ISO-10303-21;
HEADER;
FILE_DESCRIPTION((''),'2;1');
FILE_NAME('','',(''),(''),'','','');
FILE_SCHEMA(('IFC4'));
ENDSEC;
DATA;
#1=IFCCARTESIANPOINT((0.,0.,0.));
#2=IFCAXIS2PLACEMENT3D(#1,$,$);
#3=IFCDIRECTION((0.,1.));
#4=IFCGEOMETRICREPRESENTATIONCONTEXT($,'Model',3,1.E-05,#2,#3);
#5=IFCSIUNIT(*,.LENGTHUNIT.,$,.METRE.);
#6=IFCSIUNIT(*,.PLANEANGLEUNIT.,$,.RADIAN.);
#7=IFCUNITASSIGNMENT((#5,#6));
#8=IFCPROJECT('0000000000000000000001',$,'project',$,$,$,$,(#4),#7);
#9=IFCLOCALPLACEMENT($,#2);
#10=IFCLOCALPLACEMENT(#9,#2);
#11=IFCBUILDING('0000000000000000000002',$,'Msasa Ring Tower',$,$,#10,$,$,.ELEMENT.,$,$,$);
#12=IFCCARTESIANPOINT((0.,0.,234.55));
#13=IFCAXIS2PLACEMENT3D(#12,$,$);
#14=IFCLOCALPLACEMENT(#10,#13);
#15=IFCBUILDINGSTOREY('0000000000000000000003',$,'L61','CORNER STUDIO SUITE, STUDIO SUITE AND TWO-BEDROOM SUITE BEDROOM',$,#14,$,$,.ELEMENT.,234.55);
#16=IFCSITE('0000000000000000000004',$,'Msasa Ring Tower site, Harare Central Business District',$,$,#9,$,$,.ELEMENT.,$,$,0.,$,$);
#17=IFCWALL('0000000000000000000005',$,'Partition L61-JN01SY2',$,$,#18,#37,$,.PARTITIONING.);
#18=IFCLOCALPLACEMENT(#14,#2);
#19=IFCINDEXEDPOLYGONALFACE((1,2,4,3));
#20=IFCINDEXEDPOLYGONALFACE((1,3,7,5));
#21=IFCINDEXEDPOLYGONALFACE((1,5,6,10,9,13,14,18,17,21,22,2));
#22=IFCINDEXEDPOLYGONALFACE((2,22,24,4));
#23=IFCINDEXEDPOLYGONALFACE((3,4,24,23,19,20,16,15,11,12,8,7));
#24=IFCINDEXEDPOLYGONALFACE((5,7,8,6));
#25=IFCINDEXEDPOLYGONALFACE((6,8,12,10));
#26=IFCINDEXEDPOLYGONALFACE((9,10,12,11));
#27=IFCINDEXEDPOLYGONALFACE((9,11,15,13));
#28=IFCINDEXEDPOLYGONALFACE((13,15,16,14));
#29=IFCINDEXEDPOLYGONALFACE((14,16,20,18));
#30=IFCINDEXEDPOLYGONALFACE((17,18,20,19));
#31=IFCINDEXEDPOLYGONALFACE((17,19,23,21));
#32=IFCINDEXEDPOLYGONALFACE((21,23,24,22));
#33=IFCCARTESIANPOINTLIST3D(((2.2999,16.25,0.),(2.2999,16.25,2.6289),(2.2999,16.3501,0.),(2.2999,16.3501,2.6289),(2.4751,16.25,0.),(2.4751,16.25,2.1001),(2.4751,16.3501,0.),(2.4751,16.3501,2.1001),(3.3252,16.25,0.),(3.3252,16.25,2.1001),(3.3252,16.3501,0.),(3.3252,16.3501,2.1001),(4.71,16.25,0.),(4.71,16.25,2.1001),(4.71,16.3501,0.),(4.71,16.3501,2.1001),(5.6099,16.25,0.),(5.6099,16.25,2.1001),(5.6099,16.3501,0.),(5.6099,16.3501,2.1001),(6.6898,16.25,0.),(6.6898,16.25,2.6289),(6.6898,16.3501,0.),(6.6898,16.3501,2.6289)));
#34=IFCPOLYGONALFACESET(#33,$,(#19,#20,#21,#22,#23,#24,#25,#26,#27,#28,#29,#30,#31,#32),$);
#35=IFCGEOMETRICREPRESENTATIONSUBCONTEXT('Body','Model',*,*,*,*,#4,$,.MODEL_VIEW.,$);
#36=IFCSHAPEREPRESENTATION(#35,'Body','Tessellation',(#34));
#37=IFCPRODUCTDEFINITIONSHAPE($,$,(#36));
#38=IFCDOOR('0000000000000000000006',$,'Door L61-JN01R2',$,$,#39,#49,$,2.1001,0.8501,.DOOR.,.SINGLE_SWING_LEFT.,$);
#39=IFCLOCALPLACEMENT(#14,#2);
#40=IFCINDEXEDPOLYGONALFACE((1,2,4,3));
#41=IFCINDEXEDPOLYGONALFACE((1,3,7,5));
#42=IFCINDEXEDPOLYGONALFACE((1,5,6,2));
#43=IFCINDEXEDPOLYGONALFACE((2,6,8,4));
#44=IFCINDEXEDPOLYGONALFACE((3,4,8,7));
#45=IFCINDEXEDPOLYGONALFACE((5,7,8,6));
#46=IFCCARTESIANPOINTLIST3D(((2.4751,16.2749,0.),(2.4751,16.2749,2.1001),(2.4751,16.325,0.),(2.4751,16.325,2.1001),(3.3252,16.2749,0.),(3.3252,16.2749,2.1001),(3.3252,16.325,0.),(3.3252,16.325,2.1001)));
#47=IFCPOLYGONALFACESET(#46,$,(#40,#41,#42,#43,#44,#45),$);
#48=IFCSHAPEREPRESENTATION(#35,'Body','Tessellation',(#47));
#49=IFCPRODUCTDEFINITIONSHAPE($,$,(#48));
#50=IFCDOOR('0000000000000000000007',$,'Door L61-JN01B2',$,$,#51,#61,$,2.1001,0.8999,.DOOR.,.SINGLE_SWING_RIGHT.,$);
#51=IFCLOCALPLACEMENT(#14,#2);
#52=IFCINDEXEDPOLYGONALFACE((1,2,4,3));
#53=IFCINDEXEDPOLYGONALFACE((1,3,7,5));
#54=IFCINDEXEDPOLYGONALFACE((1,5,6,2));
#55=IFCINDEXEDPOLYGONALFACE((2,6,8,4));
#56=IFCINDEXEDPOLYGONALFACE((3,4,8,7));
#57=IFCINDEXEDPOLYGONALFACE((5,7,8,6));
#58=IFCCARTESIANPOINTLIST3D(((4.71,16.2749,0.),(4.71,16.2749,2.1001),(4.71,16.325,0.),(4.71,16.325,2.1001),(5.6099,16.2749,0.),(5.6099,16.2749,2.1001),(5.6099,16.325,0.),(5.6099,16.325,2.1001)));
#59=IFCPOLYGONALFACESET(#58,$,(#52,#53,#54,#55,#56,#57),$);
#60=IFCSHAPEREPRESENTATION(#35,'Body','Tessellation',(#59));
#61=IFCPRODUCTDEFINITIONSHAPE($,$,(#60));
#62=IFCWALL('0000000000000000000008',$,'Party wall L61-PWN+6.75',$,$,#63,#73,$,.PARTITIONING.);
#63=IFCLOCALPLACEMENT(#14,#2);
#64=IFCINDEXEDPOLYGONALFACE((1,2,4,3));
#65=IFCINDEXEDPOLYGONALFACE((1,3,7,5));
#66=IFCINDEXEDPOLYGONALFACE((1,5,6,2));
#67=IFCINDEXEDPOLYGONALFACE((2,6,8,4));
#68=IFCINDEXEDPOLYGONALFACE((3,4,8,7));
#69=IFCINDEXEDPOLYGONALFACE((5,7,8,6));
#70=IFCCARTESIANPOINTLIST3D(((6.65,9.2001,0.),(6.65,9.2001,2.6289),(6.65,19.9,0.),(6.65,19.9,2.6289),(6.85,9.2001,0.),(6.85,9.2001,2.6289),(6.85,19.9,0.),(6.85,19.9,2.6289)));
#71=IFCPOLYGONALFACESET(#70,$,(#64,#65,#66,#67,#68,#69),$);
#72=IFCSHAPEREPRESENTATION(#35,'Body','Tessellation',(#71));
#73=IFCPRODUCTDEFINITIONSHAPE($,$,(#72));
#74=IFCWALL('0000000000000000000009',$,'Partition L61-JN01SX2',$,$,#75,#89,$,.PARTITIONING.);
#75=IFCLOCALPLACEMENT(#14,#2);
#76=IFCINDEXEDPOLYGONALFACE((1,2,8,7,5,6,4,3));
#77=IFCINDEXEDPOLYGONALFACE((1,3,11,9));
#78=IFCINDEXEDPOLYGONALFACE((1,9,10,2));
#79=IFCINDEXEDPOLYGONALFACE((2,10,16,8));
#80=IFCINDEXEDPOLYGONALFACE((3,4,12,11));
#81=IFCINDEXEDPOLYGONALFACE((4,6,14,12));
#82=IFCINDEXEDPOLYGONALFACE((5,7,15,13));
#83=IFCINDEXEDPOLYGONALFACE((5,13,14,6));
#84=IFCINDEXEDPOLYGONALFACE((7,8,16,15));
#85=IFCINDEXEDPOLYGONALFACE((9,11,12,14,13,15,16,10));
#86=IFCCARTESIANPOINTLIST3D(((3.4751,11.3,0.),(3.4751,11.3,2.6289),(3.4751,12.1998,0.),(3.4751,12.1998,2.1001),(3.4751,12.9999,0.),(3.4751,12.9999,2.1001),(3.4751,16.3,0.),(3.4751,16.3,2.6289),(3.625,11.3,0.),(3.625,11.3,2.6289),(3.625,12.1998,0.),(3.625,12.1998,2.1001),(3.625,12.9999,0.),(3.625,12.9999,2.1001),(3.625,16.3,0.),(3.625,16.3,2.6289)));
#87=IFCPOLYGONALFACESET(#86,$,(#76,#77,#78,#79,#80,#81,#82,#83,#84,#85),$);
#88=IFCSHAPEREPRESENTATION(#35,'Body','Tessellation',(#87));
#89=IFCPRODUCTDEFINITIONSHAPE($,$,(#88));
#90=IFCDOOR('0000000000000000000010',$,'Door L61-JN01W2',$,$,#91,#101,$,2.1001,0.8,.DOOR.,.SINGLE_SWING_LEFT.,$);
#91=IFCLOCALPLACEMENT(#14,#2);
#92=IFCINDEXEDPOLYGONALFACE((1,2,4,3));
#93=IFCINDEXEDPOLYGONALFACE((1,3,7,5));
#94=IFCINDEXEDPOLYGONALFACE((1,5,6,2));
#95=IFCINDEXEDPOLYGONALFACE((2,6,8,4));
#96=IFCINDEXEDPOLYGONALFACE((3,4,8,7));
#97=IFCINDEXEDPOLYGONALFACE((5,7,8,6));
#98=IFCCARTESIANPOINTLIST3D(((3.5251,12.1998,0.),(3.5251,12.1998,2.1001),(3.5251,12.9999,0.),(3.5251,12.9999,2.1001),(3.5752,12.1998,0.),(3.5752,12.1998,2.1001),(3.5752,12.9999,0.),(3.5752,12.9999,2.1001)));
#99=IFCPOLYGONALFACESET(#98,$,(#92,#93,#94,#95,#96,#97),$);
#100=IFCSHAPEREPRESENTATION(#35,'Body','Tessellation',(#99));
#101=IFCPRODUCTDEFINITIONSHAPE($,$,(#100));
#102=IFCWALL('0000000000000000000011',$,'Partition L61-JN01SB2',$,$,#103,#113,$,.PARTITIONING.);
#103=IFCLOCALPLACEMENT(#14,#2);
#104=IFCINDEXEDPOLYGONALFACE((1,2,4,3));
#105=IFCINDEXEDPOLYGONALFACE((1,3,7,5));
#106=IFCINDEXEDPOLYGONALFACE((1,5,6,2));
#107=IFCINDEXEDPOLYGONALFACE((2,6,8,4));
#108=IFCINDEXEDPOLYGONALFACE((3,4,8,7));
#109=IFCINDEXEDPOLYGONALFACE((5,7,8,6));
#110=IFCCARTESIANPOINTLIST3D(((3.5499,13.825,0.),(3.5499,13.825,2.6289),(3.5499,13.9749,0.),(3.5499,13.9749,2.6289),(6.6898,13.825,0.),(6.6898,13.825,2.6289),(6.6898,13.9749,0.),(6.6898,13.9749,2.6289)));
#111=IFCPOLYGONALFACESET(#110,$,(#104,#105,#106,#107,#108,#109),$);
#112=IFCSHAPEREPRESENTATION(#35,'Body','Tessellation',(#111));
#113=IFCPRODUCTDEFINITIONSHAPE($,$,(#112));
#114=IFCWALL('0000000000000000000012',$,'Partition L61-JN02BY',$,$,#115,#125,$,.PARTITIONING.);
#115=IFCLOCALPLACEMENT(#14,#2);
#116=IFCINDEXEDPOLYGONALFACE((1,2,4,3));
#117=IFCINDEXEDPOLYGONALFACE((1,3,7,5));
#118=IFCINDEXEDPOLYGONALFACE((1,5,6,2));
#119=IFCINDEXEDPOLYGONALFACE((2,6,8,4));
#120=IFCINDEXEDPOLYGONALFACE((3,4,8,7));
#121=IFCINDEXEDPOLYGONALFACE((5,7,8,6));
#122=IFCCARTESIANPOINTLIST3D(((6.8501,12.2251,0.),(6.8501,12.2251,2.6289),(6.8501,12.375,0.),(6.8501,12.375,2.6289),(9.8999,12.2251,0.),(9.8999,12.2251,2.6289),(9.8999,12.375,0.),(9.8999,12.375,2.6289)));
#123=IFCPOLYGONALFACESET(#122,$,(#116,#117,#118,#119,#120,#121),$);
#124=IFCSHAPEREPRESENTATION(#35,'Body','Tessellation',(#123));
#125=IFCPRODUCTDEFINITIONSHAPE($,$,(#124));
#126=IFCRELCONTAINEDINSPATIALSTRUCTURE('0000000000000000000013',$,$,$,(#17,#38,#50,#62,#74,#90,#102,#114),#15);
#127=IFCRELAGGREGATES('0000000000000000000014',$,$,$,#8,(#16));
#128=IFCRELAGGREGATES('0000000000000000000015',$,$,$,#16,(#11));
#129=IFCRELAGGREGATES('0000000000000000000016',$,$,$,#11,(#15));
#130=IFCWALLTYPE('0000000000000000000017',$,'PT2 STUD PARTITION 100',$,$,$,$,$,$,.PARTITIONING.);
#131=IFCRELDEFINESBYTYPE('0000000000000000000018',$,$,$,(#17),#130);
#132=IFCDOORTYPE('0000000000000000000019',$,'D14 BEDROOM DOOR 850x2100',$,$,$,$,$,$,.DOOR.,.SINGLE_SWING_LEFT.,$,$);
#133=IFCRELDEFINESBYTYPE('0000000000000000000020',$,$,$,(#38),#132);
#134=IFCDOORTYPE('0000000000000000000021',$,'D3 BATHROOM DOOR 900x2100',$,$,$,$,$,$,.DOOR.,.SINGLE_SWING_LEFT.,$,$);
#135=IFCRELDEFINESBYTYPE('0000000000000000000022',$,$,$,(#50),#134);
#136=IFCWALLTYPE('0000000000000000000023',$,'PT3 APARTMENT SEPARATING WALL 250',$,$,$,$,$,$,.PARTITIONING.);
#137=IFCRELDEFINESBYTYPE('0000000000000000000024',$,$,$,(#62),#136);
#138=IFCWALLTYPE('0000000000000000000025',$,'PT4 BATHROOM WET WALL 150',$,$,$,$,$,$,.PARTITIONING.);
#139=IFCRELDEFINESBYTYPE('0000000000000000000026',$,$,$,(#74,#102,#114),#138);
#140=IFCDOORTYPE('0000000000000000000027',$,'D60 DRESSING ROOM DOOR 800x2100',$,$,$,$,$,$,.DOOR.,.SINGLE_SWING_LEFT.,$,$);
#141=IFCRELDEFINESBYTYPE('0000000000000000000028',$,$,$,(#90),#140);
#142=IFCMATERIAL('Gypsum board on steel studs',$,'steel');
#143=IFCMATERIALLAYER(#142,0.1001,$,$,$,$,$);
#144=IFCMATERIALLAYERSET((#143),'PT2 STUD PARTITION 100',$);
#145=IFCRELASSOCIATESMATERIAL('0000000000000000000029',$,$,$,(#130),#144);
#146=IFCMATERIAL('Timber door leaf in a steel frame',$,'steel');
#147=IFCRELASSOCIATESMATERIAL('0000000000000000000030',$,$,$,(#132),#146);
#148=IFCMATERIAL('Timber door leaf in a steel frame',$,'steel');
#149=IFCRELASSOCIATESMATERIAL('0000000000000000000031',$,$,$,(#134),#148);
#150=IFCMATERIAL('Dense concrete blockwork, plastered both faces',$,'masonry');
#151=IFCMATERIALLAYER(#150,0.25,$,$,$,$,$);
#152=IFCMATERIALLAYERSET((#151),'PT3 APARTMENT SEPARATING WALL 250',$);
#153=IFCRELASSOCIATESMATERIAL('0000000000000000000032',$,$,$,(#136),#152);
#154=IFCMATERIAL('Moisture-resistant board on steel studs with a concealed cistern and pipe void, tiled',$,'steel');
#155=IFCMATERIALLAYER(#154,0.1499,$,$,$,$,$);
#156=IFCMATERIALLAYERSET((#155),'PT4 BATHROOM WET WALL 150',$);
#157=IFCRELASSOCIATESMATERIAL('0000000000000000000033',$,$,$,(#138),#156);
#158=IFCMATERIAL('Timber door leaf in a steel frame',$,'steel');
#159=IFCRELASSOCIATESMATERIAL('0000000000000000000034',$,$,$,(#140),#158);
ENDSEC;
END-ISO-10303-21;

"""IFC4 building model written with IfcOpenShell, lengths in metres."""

from ifc_helpers import new_model, si_unit, direction, frame, frame_2d, origin, place, context, subcontext, project, spatial, rectangle, extrude, material, layer, layer_set, type_object, element, fill, save


model = new_model("IFC4")

# Units and contexts
model_context = context("Model", 3, precision=1e-05, world=origin(), true_north=direction((0.0, 1.0)))
body_context = subcontext(model_context, "Body", "Model", "MODEL_VIEW")
ifc_project = project(units=[si_unit("LENGTHUNIT", "METRE"), si_unit("PLANEANGLEUNIT", "RADIAN")], contexts=[model_context])

# Site, building, storey
site_placement = place(None, origin())
site = spatial("IfcSite", under=ifc_project, at=site_placement, Name="Msasa Ring Tower site, Harare Central Business District", CompositionType="ELEMENT", RefElevation=0.0)
building_placement = place(site_placement, origin())
building = spatial("IfcBuilding", under=site, at=building_placement, Name="Msasa Ring Tower", CompositionType="ELEMENT")
storey_placement = place(building_placement, frame((0.0, 0.0, 234.55)))
storey = spatial("IfcBuildingStorey", under=building, at=storey_placement, Name="L61", Description="CORNER STUDIO SUITE, STUDIO SUITE AND TWO-BEDROOM SUITE BEDROOM", CompositionType="ELEMENT", Elevation=234.55)

# Shared definitions
ifc_material_1 = material(Name="Gypsum board on steel studs", Category="steel")
ifc_layer_1 = layer(ifc_material_1, 0.1001)
ifc_layer_set_1 = layer_set([ifc_layer_1], Name="PT2 STUD PARTITION 100")
wall_type_1 = type_object("IfcWallType", Name="PT2 STUD PARTITION 100", PredefinedType="PARTITIONING", material=ifc_layer_set_1)

# Wall, openings, doors
wall_1_placement = place(storey_placement, frame((2.3, 16.3, 0.0), z_axis=(0.0, 0.0, 1.0), x_axis=(1.0, 0.0, 0.0)))
wall_1 = element("IfcWall", 1, at=wall_1_placement, inside=storey, type_object=wall_type_1, Name="Partition L61-JN01SY2", PredefinedType="PARTITIONING", context=body_context, shape_type="SweptSolid", body=[
    extrude(rectangle(XDim=4.3899, YDim=0.1001, at=frame_2d((2.1948, 0.0))), origin(), (0.0, 0.0, 1.0), 2.6289),
])
opening_1_placement = place(wall_1_placement, frame((0.175, 0.0, 0.0)))
opening_1 = element("IfcOpeningElement", 2, at=opening_1_placement, cuts=wall_1, PredefinedType="OPENING", context=body_context, shape_type="SweptSolid", body=[
    extrude(rectangle(XDim=0.8501, YDim=2.1001, at=frame_2d((0.425, 1.05))), frame((0.0, 0.0601, 0.0), z_axis=(0.0, -1.0, 0.0), x_axis=(1.0, 0.0, 0.0)), (0.0, 0.0, 1.0), 0.1201),
])
opening_2_placement = place(wall_1_placement, frame((2.4099, 0.0, 0.0)))
opening_2 = element("IfcOpeningElement", 3, at=opening_2_placement, cuts=wall_1, PredefinedType="OPENING", context=body_context, shape_type="SweptSolid", body=[
    extrude(rectangle(XDim=0.8999, YDim=2.1001, at=frame_2d((0.45, 1.05))), frame((0.0, 0.0601, 0.0), z_axis=(0.0, -1.0, 0.0), x_axis=(1.0, 0.0, 0.0)), (0.0, 0.0, 1.0), 0.1201),
])
ifc_material_2 = material(Name="Timber door leaf in a steel frame", Category="steel")
door_type_1 = type_object("IfcDoorType", Name="D14 BEDROOM DOOR 850x2100", OperationType="SINGLE_SWING_LEFT", PredefinedType="DOOR", material=ifc_material_2)
door_1_placement = place(opening_1_placement, origin())
door_1 = element("IfcDoor", 4, at=door_1_placement, inside=storey, type_object=door_type_1, Name="Door L61-JN01R2", OperationType="SINGLE_SWING_LEFT", OverallHeight=2.1001, OverallWidth=0.8501, PredefinedType="DOOR", context=body_context, shape_type="SweptSolid", body=[
    extrude(rectangle(XDim=0.8501, YDim=2.1001, at=frame_2d((0.425, 1.05))), frame((0.0, 0.0249, 0.0), z_axis=(0.0, -1.0, 0.0), x_axis=(1.0, 0.0, 0.0)), (0.0, 0.0, 1.0), 0.05),
])
fill(opening_1, door_1)
ifc_material_3 = material(Name="Timber door leaf in a steel frame", Category="steel")
door_type_2 = type_object("IfcDoorType", Name="D3 BATHROOM DOOR 900x2100", OperationType="SINGLE_SWING_LEFT", PredefinedType="DOOR", material=ifc_material_3)
door_2_placement = place(opening_2_placement, origin())
door_2 = element("IfcDoor", 5, at=door_2_placement, inside=storey, type_object=door_type_2, Name="Door L61-JN01B2", OperationType="SINGLE_SWING_RIGHT", OverallHeight=2.1001, OverallWidth=0.8999, PredefinedType="DOOR", context=body_context, shape_type="SweptSolid", body=[
    extrude(rectangle(XDim=0.8999, YDim=2.1001, at=frame_2d((0.45, 1.05))), frame((0.0, 0.0249, 0.0), z_axis=(0.0, -1.0, 0.0), x_axis=(1.0, 0.0, 0.0)), (0.0, 0.0, 1.0), 0.05),
])
fill(opening_2, door_2)

# Wall
ifc_material_4 = material(Name="Dense concrete blockwork, plastered both faces", Category="masonry")
ifc_layer_2 = layer(ifc_material_4, 0.25)
ifc_layer_set_2 = layer_set([ifc_layer_2], Name="PT3 APARTMENT SEPARATING WALL 250")
wall_type_2 = type_object("IfcWallType", Name="PT3 APARTMENT SEPARATING WALL 250", PredefinedType="PARTITIONING", material=ifc_layer_set_2)
wall_2_placement = place(storey_placement, frame((6.75, 9.2, 0.0), z_axis=(0.0, 0.0, 1.0), x_axis=(0.0, 1.0, 0.0)))
element("IfcWall", 6, at=wall_2_placement, inside=storey, type_object=wall_type_2, Name="Party wall L61-PWN+6.75", PredefinedType="PARTITIONING", context=body_context, shape_type="SweptSolid", body=[
    extrude(rectangle(XDim=10.7, YDim=0.2, at=frame_2d((5.3501, 0.0))), origin(), (0.0, 0.0, 1.0), 2.6289),
])

# Wall, opening, door
ifc_material_5 = material(Name="Moisture-resistant board on steel studs with a concealed cistern and pipe void, tiled", Category="steel")
ifc_layer_3 = layer(ifc_material_5, 0.1499)
ifc_layer_set_3 = layer_set([ifc_layer_3], Name="PT4 BATHROOM WET WALL 150")
wall_type_3 = type_object("IfcWallType", Name="PT4 BATHROOM WET WALL 150", PredefinedType="PARTITIONING", material=ifc_layer_set_3)
wall_3_placement = place(storey_placement, frame((3.55, 11.3, 0.0), z_axis=(0.0, 0.0, 1.0), x_axis=(0.0, 1.0, 0.0)))
wall_3 = element("IfcWall", 7, at=wall_3_placement, inside=storey, type_object=wall_type_3, Name="Partition L61-JN01SX2", PredefinedType="PARTITIONING", context=body_context, shape_type="SweptSolid", body=[
    extrude(rectangle(XDim=5.0, YDim=0.1499, at=frame_2d((2.5, 0.0))), origin(), (0.0, 0.0, 1.0), 2.6289),
])
opening_3_placement = place(wall_3_placement, frame((0.8999, 0.0, 0.0)))
opening_3 = element("IfcOpeningElement", 8, at=opening_3_placement, cuts=wall_3, PredefinedType="OPENING", context=body_context, shape_type="SweptSolid", body=[
    extrude(rectangle(XDim=0.8, YDim=2.1001, at=frame_2d((0.3999, 1.05))), frame((0.0, 0.085, 0.0), z_axis=(0.0, -1.0, 0.0), x_axis=(1.0, 0.0, 0.0)), (0.0, 0.0, 1.0), 0.1699),
])
ifc_material_6 = material(Name="Timber door leaf in a steel frame", Category="steel")
door_type_3 = type_object("IfcDoorType", Name="D60 DRESSING ROOM DOOR 800x2100", OperationType="SINGLE_SWING_LEFT", PredefinedType="DOOR", material=ifc_material_6)
door_3_placement = place(opening_3_placement, origin())
door_3 = element("IfcDoor", 9, at=door_3_placement, inside=storey, type_object=door_type_3, Name="Door L61-JN01W2", OperationType="SINGLE_SWING_LEFT", OverallHeight=2.1001, OverallWidth=0.8, PredefinedType="DOOR", context=body_context, shape_type="SweptSolid", body=[
    extrude(rectangle(XDim=0.8, YDim=2.1001, at=frame_2d((0.3999, 1.05))), frame((0.0, 0.0249, 0.0), z_axis=(0.0, -1.0, 0.0), x_axis=(1.0, 0.0, 0.0)), (0.0, 0.0, 1.0), 0.05),
])
fill(opening_3, door_3)

# Walls
wall_4_placement = place(storey_placement, frame((3.55, 13.8999, 0.0), z_axis=(0.0, 0.0, 1.0), x_axis=(1.0, 0.0, 0.0)))
element("IfcWall", 10, at=wall_4_placement, inside=storey, type_object=wall_type_3, Name="Partition L61-JN01SB2", PredefinedType="PARTITIONING", context=body_context, shape_type="SweptSolid", body=[
    extrude(rectangle(XDim=3.1399, YDim=0.1499, at=frame_2d((1.5698, 0.0))), origin(), (0.0, 0.0, 1.0), 2.6289),
])
wall_5_placement = place(storey_placement, frame((6.8501, 12.3, 0.0), z_axis=(0.0, 0.0, 1.0), x_axis=(1.0, 0.0, 0.0)))
element("IfcWall", 11, at=wall_5_placement, inside=storey, type_object=wall_type_3, Name="Partition L61-JN02BY", PredefinedType="PARTITIONING", context=body_context, shape_type="SweptSolid", body=[
    extrude(rectangle(XDim=3.0498, YDim=0.1499, at=frame_2d((1.5249, 0.0))), origin(), (0.0, 0.0, 1.0), 2.6289),
])

save(model, "model.ifc")
